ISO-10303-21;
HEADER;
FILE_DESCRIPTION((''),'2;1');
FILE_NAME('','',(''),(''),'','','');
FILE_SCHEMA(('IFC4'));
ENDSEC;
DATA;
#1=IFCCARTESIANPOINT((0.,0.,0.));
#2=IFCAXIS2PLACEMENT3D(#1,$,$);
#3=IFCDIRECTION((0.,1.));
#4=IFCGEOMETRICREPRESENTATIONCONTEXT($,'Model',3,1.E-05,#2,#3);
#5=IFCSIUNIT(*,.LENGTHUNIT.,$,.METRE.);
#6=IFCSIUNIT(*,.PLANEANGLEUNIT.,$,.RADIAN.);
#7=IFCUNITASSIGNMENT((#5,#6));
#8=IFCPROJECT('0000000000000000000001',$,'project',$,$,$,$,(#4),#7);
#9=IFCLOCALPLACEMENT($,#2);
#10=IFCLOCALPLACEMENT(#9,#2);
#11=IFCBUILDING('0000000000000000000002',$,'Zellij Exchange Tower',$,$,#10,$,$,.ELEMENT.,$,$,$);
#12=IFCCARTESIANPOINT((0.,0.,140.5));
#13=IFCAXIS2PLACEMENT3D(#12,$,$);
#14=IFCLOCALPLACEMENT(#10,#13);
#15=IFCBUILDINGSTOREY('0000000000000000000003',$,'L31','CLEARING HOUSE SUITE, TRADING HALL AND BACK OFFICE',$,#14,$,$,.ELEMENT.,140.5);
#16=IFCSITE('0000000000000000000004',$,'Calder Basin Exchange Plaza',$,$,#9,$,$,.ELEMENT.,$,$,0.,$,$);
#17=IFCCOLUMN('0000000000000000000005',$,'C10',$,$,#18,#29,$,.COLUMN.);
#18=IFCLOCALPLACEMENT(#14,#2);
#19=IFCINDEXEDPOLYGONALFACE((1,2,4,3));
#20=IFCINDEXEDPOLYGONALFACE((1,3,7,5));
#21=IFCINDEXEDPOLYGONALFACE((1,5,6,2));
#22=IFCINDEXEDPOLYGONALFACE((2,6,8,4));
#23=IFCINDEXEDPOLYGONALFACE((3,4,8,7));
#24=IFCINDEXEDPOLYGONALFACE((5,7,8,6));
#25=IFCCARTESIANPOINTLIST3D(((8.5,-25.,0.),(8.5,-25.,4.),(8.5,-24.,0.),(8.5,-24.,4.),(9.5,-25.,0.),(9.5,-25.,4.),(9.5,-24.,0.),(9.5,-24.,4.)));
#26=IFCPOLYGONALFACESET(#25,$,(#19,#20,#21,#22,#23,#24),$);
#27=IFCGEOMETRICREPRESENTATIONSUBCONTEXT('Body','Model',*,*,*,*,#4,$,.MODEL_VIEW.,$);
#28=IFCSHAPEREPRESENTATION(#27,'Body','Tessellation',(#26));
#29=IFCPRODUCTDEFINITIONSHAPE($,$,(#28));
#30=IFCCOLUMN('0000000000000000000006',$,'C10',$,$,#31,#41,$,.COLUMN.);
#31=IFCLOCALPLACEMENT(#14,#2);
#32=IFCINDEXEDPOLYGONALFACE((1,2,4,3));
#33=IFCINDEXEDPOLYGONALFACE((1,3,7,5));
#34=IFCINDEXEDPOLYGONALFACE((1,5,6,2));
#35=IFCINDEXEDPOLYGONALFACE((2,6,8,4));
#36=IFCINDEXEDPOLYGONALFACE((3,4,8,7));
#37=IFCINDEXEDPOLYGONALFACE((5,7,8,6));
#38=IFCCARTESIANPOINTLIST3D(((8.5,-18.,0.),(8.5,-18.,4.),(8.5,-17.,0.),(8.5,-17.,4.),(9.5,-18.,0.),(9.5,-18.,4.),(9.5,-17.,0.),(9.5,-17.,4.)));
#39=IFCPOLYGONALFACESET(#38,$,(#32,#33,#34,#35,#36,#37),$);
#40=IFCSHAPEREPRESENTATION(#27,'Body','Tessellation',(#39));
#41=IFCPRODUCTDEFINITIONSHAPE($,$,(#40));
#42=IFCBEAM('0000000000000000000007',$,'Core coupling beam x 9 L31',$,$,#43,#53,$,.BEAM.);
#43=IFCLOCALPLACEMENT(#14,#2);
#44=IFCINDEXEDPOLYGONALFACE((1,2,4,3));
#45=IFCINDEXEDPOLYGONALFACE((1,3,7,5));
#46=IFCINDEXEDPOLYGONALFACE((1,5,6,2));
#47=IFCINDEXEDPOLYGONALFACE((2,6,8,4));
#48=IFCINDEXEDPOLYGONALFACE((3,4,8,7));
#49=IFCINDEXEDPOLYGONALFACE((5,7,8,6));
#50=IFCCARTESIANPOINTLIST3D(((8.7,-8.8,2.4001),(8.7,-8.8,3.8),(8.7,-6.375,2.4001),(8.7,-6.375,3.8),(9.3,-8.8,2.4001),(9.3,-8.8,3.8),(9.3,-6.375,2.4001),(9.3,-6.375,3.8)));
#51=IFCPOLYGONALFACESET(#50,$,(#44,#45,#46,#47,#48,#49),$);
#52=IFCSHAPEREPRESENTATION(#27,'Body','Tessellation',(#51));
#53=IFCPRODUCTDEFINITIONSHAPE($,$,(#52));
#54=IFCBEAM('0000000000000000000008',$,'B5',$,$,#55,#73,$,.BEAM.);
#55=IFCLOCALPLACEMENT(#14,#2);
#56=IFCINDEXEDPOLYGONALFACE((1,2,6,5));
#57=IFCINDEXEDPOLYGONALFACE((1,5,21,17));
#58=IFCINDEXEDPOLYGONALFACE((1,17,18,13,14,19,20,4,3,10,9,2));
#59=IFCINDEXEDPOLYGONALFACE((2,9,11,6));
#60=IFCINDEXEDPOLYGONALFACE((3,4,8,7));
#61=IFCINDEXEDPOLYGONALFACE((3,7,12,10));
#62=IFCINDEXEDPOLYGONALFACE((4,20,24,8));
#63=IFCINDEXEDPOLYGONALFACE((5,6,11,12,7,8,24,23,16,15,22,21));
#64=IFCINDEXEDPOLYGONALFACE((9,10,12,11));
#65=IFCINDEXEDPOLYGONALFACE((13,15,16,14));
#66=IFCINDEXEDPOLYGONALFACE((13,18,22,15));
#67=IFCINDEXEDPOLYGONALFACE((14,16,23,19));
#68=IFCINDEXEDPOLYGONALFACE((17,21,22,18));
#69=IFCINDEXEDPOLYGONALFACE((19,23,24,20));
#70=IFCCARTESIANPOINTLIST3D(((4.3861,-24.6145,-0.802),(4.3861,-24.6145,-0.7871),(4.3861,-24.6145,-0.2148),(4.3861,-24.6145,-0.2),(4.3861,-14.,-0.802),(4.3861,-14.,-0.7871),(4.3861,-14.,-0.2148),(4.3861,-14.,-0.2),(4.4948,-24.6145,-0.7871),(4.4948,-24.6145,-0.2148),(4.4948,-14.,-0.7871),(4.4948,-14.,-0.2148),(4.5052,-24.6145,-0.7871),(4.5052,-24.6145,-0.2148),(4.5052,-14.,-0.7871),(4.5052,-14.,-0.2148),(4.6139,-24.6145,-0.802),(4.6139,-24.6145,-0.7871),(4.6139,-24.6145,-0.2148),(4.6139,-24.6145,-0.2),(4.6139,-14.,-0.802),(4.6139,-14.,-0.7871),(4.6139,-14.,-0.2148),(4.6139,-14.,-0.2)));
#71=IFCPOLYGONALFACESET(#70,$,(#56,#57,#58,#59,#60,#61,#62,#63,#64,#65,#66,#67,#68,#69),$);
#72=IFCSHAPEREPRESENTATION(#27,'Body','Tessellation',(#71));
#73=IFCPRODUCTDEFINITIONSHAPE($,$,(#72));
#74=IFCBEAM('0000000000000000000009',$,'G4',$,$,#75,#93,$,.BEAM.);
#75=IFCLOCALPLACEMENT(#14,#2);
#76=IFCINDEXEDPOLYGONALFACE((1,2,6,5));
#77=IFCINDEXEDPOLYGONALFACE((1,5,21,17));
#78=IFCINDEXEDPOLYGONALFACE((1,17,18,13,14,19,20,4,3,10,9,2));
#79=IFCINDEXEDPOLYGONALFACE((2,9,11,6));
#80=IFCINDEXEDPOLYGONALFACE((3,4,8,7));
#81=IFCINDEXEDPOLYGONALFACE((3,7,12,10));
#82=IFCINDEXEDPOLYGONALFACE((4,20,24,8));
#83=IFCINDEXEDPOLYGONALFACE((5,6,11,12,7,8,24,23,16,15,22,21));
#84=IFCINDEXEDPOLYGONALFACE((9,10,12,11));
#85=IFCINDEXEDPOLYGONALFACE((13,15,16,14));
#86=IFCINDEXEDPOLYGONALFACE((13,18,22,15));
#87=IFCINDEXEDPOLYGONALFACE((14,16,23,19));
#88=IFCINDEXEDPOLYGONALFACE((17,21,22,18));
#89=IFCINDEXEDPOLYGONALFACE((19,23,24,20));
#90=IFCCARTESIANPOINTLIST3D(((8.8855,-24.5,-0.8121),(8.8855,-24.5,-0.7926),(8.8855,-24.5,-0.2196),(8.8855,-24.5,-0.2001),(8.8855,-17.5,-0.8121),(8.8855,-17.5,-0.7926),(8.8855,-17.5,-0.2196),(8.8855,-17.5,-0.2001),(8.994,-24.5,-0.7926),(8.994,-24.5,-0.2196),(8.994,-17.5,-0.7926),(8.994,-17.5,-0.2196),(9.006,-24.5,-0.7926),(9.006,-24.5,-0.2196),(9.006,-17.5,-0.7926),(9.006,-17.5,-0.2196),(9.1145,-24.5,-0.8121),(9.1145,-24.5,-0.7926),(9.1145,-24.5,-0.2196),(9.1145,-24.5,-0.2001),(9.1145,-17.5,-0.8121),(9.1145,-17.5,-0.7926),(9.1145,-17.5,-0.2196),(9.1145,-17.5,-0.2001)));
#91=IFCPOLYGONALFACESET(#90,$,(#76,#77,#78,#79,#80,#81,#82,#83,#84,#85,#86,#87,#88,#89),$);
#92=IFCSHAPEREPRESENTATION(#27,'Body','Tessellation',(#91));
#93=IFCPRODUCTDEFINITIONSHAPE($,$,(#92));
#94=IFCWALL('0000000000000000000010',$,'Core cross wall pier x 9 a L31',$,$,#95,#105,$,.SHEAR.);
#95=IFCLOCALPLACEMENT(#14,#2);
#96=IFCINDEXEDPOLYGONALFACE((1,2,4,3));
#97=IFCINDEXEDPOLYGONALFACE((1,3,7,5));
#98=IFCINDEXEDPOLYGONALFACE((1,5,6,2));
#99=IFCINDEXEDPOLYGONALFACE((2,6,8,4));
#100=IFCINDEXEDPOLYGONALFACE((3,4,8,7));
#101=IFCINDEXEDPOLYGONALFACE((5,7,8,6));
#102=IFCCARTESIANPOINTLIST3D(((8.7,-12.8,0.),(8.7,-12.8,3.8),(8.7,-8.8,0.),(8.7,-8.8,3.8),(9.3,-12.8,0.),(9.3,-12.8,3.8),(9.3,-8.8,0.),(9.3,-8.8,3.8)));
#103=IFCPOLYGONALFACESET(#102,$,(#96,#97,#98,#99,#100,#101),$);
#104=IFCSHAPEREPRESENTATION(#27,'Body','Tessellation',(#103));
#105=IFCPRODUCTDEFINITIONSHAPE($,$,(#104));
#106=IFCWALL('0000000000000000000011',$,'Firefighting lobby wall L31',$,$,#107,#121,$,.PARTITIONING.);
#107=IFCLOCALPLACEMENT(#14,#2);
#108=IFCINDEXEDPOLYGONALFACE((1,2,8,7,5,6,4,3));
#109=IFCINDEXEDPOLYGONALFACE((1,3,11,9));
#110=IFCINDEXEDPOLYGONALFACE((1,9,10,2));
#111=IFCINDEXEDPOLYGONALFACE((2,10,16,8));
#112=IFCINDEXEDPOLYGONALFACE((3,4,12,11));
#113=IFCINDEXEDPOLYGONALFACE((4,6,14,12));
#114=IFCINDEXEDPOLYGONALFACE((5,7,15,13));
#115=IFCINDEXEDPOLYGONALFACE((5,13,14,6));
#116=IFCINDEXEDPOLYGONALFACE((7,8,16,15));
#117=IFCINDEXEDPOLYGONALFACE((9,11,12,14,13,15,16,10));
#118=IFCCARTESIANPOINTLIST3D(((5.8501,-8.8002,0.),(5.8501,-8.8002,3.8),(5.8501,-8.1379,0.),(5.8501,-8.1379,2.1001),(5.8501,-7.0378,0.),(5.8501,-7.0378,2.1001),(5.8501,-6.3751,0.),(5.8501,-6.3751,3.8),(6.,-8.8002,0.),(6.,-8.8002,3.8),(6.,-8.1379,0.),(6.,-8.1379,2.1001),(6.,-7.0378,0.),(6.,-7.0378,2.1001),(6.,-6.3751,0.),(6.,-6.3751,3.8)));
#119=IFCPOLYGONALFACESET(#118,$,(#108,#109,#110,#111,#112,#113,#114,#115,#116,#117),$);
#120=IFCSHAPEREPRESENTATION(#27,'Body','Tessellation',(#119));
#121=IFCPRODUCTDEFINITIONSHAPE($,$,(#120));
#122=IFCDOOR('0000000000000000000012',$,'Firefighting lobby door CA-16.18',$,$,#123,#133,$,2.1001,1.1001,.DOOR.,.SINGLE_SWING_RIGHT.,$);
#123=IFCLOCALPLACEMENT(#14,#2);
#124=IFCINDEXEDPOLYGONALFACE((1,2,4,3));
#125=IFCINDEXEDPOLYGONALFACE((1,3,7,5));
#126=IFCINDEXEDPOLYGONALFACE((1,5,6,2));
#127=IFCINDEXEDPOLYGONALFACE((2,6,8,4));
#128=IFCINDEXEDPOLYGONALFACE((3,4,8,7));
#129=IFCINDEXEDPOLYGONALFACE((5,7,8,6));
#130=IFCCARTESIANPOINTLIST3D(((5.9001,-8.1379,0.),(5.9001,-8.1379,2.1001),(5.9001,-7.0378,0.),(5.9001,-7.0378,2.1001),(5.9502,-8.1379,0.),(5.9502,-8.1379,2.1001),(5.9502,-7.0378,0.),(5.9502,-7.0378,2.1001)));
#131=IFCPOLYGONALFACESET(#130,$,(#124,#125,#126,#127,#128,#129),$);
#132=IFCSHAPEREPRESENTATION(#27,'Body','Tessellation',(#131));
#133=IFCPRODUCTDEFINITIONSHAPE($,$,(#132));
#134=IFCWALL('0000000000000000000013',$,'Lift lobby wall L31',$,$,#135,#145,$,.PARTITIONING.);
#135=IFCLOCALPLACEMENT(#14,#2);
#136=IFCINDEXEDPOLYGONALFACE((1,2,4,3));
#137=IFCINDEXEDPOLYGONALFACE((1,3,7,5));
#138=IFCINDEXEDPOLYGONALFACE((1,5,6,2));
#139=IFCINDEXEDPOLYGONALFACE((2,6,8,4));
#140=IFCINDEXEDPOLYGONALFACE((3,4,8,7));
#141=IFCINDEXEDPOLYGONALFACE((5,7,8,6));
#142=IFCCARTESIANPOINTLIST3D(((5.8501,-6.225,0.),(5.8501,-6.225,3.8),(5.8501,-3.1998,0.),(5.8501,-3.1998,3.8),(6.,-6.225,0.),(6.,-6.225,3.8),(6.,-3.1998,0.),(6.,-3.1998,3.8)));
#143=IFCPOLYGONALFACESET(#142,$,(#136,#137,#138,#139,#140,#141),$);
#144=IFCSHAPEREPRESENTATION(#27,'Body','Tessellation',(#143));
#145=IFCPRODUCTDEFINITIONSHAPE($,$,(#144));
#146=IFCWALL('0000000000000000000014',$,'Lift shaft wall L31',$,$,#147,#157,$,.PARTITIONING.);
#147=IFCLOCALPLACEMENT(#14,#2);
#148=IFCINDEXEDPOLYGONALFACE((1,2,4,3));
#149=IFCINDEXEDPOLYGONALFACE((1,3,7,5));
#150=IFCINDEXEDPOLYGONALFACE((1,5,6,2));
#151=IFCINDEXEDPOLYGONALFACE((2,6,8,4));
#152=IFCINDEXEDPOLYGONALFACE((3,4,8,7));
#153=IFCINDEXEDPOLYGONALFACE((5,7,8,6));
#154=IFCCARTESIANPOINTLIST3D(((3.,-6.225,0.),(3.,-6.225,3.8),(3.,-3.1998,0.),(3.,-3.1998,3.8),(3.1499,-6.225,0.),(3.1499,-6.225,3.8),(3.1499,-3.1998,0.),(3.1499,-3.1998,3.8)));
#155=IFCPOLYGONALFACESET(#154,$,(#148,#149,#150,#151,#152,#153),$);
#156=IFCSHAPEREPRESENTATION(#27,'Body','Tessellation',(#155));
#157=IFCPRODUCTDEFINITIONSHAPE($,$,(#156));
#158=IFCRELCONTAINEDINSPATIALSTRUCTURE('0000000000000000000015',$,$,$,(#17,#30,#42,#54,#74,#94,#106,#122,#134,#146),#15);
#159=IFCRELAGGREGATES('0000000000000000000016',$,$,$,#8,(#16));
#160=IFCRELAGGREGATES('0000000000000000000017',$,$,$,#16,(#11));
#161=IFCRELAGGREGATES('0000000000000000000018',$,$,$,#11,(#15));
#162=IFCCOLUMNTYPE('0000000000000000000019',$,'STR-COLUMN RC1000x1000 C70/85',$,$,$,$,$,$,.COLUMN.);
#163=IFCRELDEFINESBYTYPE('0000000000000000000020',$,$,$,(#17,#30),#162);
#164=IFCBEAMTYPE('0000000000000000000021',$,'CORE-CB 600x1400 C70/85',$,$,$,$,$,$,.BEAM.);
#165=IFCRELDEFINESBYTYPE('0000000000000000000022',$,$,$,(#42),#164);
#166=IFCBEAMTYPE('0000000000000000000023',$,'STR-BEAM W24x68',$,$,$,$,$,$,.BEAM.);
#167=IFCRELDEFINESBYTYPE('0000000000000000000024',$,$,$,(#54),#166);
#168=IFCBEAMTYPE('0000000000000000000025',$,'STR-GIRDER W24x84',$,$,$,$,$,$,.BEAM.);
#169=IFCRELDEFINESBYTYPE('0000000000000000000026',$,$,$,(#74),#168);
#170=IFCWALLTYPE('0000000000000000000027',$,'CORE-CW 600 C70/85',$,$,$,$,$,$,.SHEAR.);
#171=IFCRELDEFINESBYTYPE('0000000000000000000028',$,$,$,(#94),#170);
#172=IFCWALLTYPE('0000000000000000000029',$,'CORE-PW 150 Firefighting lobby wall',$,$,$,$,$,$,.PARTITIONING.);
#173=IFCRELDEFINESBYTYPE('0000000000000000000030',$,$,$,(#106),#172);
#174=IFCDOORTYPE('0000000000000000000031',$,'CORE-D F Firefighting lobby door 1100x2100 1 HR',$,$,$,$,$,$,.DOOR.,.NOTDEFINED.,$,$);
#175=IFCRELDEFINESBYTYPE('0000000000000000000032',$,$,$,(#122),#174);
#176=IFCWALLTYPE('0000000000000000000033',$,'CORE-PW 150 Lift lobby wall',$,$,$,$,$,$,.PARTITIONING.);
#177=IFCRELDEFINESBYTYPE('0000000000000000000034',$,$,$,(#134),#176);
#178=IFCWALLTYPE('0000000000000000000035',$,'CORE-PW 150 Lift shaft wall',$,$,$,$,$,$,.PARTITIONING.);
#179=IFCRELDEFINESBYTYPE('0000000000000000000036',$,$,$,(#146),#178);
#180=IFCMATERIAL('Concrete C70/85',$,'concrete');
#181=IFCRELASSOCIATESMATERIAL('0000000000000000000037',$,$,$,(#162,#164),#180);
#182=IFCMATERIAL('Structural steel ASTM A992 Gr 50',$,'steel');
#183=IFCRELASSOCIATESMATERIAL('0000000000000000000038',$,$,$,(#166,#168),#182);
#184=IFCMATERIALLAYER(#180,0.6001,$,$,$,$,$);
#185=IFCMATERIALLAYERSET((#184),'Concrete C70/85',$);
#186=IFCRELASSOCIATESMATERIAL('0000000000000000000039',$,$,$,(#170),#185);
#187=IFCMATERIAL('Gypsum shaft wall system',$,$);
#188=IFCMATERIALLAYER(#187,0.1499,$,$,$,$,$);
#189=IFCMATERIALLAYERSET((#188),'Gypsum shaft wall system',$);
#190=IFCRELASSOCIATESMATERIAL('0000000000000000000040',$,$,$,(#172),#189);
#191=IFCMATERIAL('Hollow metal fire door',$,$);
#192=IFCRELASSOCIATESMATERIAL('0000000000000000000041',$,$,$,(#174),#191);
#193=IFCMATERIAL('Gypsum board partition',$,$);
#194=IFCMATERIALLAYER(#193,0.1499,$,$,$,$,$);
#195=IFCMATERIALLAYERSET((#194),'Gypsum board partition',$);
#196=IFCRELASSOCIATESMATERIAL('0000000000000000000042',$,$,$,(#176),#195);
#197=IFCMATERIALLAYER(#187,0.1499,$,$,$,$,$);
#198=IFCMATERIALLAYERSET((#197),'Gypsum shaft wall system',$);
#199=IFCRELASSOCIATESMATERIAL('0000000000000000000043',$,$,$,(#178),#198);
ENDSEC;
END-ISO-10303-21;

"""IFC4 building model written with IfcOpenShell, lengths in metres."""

from ifc_helpers import new_model, si_unit, direction, frame, frame_2d, origin, origin_2d, place, context, subcontext, project, spatial, rectangle, i_section, extrude, material, layer, layer_set, material_profile, profile_set, type_object, element, fill, save


model = new_model("IFC4")

# Units and contexts
model_context = context("Model", 3, precision=1e-05, world=origin(), true_north=direction((0.0, 1.0)))
body_context = subcontext(model_context, "Body", "Model", "MODEL_VIEW")
ifc_project = project(units=[si_unit("LENGTHUNIT", "METRE"), si_unit("PLANEANGLEUNIT", "RADIAN")], contexts=[model_context])

# Site, building, storey
site_placement = place(None, origin())
site = spatial("IfcSite", under=ifc_project, at=site_placement, Name="Calder Basin Exchange Plaza", CompositionType="ELEMENT", RefElevation=0.0)
building_placement = place(site_placement, origin())
building = spatial("IfcBuilding", under=site, at=building_placement, Name="Zellij Exchange Tower", CompositionType="ELEMENT")
storey_placement = place(building_placement, frame((0.0, 0.0, 140.5)))
storey = spatial("IfcBuildingStorey", under=building, at=storey_placement, Name="L31", Description="CLEARING HOUSE SUITE, TRADING HALL AND BACK OFFICE", CompositionType="ELEMENT", Elevation=140.5)

# Columns
ifc_material_1 = material(Name="Concrete C70/85", Category="concrete")
ifc_material_profile_1 = material_profile(ifc_material_1, rectangle(XDim=1.0, YDim=1.0, at=origin_2d()), Name="STR-COLUMN RC1000x1000 C70/85")
ifc_profile_set_1 = profile_set([ifc_material_profile_1], Name="Concrete C70/85")
column_type = type_object("IfcColumnType", Name="STR-COLUMN RC1000x1000 C70/85", PredefinedType="COLUMN", material=ifc_profile_set_1)
for number, where, z_axis, x_axis, name in (
    (1, (9.0, -24.5, 0.0), (0.0, 0.0, 1.0), (1.0, 0.0, 0.0), "C10"),
    (2, (9.0, -17.5, 0.0), (0.0, 0.0, 1.0), (1.0, 0.0, 0.0), "C10"),
):
    element("IfcColumn", number, at=place(storey_placement, frame(where, z_axis=z_axis, x_axis=x_axis)), inside=storey, type_object=column_type, Name=name, PredefinedType="COLUMN", context=body_context, shape_type="SweptSolid", body=[
        extrude(rectangle(XDim=1.0, YDim=1.0, at=origin_2d()), origin(), (0.0, 0.0, 1.0), 4.0),
    ])

# Beams
ifc_material_profile_2 = material_profile(ifc_material_1, rectangle(XDim=0.6001, YDim=1.3999, at=origin_2d()), Name="CORE-CB 600x1400 C70/85")
ifc_profile_set_2 = profile_set([ifc_material_profile_2], Name="Concrete C70/85")
beam_type_1 = type_object("IfcBeamType", Name="CORE-CB 600x1400 C70/85", PredefinedType="BEAM", material=ifc_profile_set_2)
beam_1_placement = place(storey_placement, frame((9.0, -8.8, 3.1001), z_axis=(0.0, 1.0, 0.0), x_axis=(-1.0, 0.0, 0.0)))
element("IfcBeam", 3, at=beam_1_placement, inside=storey, type_object=beam_type_1, Name="Core coupling beam x 9 L31", PredefinedType="BEAM", context=body_context, shape_type="SweptSolid", body=[
    extrude(rectangle(XDim=0.6001, YDim=1.3999, at=origin_2d()), origin(), (0.0, 0.0, 1.0), 2.425),
])
ifc_material_2 = material(Name="Structural steel ASTM A992 Gr 50", Category="steel")
ifc_material_profile_3 = material_profile(ifc_material_2, i_section(OverallWidth=0.2278, OverallDepth=0.6021, WebThickness=0.0105, FlangeThickness=0.0149, at=origin_2d()), Name="W24x68")
ifc_profile_set_3 = profile_set([ifc_material_profile_3], Name="Structural steel ASTM A992 Gr 50")
beam_type_2 = type_object("IfcBeamType", Name="STR-BEAM W24x68", PredefinedType="BEAM", material=ifc_profile_set_3)
beam_2_placement = place(storey_placement, frame((4.5, -24.6145, -0.501), z_axis=(0.0, 1.0, 0.0), x_axis=(-1.0, 0.0, 0.0)))
element("IfcBeam", 4, at=beam_2_placement, inside=storey, type_object=beam_type_2, Name="B5", PredefinedType="BEAM", context=body_context, shape_type="SweptSolid", body=[
    extrude(i_section(OverallWidth=0.2278, OverallDepth=0.6021, WebThickness=0.0105, FlangeThickness=0.0149, at=origin_2d()), origin(), (0.0, 0.0, 1.0), 10.6145),
])
ifc_material_profile_4 = material_profile(ifc_material_2, i_section(OverallWidth=0.229, OverallDepth=0.6121, WebThickness=0.012, FlangeThickness=0.0195, at=origin_2d()), Name="W24x84")
ifc_profile_set_4 = profile_set([ifc_material_profile_4], Name="Structural steel ASTM A992 Gr 50")
beam_type_3 = type_object("IfcBeamType", Name="STR-GIRDER W24x84", PredefinedType="BEAM", material=ifc_profile_set_4)
beam_3_placement = place(storey_placement, frame((9.0, -24.5, -0.5061), z_axis=(0.0, 1.0, 0.0), x_axis=(-1.0, 0.0, 0.0)))
element("IfcBeam", 5, at=beam_3_placement, inside=storey, type_object=beam_type_3, Name="G4", PredefinedType="BEAM", context=body_context, shape_type="SweptSolid", body=[
    extrude(i_section(OverallWidth=0.229, OverallDepth=0.6121, WebThickness=0.012, FlangeThickness=0.0195, at=origin_2d()), origin(), (0.0, 0.0, 1.0), 7.0),
])

# Wall
ifc_layer_1 = layer(ifc_material_1, 0.6001)
ifc_layer_set_1 = layer_set([ifc_layer_1], Name="Concrete C70/85")
wall_type_1 = type_object("IfcWallType", Name="CORE-CW 600 C70/85", PredefinedType="SHEAR", material=ifc_layer_set_1)
wall_1_placement = place(storey_placement, frame((9.0, -12.8, 0.0), z_axis=(0.0, 0.0, 1.0), x_axis=(0.0, 1.0, 0.0)))
element("IfcWall", 6, at=wall_1_placement, inside=storey, type_object=wall_type_1, Name="Core cross wall pier x 9 a L31", PredefinedType="SHEAR", context=body_context, shape_type="SweptSolid", body=[
    extrude(rectangle(XDim=4.0, YDim=0.6001, at=frame_2d((2.0, 0.0))), origin(), (0.0, 0.0, 1.0), 3.8),
])

# Wall, opening, door
ifc_material_3 = material(Name="Gypsum shaft wall system")
ifc_layer_2 = layer(ifc_material_3, 0.1499)
ifc_layer_set_2 = layer_set([ifc_layer_2], Name="Gypsum shaft wall system")
wall_type_2 = type_object("IfcWallType", Name="CORE-PW 150 Firefighting lobby wall", PredefinedType="PARTITIONING", material=ifc_layer_set_2)
wall_2_placement = place(storey_placement, frame((5.925, -8.8, 0.0), z_axis=(0.0, 0.0, 1.0), x_axis=(0.0, 1.0, 0.0)))
wall_2 = element("IfcWall", 7, at=wall_2_placement, inside=storey, type_object=wall_type_2, Name="Firefighting lobby wall L31", PredefinedType="PARTITIONING", context=body_context, shape_type="SweptSolid", body=[
    extrude(rectangle(XDim=2.425, YDim=0.1499, at=frame_2d((1.2124, 0.0))), origin(), (0.0, 0.0, 1.0), 3.8),
])
opening_1_placement = place(wall_2_placement, frame((0.6621, 0.0, 0.0)))
opening_1 = element("IfcOpeningElement", 8, at=opening_1_placement, cuts=wall_2, PredefinedType="OPENING", context=body_context, shape_type="SweptSolid", body=[
    extrude(rectangle(XDim=1.1001, YDim=2.1001, at=frame_2d((0.55, 1.05))), frame((0.0, 0.0869, 0.0), z_axis=(0.0, -1.0, 0.0), x_axis=(1.0, 0.0, 0.0)), (0.0, 0.0, 1.0), 0.1738),
])
ifc_material_4 = material(Name="Hollow metal fire door")
door_type_1 = type_object("IfcDoorType", Name="CORE-D F Firefighting lobby door 1100x2100 1 HR", OperationType="NOTDEFINED", PredefinedType="DOOR", material=ifc_material_4)
door_1_placement = place(opening_1_placement, origin())
door_1 = element("IfcDoor", 9, at=door_1_placement, inside=storey, type_object=door_type_1, Name="Firefighting lobby door CA-16.18", OperationType="SINGLE_SWING_RIGHT", OverallHeight=2.1001, OverallWidth=1.1001, PredefinedType="DOOR", context=body_context, shape_type="SweptSolid", body=[
    extrude(rectangle(XDim=1.1001, YDim=2.1001, at=frame_2d((0.55, 1.05))), frame((0.0, 0.0249, 0.0), z_axis=(0.0, -1.0, 0.0), x_axis=(1.0, 0.0, 0.0)), (0.0, 0.0, 1.0), 0.05),
])
fill(opening_1, door_1)

# Walls
ifc_material_5 = material(Name="Gypsum board partition")
ifc_layer_3 = layer(ifc_material_5, 0.1499)
ifc_layer_set_3 = layer_set([ifc_layer_3], Name="Gypsum board partition")
wall_type_3 = type_object("IfcWallType", Name="CORE-PW 150 Lift lobby wall", PredefinedType="PARTITIONING", material=ifc_layer_set_3)
wall_3_placement = place(storey_placement, frame((5.925, -6.2251, 0.0), z_axis=(0.0, 0.0, 1.0), x_axis=(0.0, 1.0, 0.0)))
element("IfcWall", 10, at=wall_3_placement, inside=storey, type_object=wall_type_3, Name="Lift lobby wall L31", PredefinedType="PARTITIONING", context=body_context, shape_type="SweptSolid", body=[
    extrude(rectangle(XDim=3.0251, YDim=0.1499, at=frame_2d((1.5127, 0.0))), origin(), (0.0, 0.0, 1.0), 3.8),
])
ifc_layer_4 = layer(ifc_material_3, 0.1499)
ifc_layer_set_4 = layer_set([ifc_layer_4], Name="Gypsum shaft wall system")
wall_type_4 = type_object("IfcWallType", Name="CORE-PW 150 Lift shaft wall", PredefinedType="PARTITIONING", material=ifc_layer_set_4)
wall_4_placement = place(storey_placement, frame((3.075, -6.2251, 0.0), z_axis=(0.0, 0.0, 1.0), x_axis=(0.0, 1.0, 0.0)))
element("IfcWall", 11, at=wall_4_placement, inside=storey, type_object=wall_type_4, Name="Lift shaft wall L31", PredefinedType="PARTITIONING", context=body_context, shape_type="SweptSolid", body=[
    extrude(rectangle(XDim=3.0251, YDim=0.1499, at=frame_2d((1.5127, 0.0))), origin(), (0.0, 0.0, 1.0), 3.8),
])

save(model, "model.ifc")
